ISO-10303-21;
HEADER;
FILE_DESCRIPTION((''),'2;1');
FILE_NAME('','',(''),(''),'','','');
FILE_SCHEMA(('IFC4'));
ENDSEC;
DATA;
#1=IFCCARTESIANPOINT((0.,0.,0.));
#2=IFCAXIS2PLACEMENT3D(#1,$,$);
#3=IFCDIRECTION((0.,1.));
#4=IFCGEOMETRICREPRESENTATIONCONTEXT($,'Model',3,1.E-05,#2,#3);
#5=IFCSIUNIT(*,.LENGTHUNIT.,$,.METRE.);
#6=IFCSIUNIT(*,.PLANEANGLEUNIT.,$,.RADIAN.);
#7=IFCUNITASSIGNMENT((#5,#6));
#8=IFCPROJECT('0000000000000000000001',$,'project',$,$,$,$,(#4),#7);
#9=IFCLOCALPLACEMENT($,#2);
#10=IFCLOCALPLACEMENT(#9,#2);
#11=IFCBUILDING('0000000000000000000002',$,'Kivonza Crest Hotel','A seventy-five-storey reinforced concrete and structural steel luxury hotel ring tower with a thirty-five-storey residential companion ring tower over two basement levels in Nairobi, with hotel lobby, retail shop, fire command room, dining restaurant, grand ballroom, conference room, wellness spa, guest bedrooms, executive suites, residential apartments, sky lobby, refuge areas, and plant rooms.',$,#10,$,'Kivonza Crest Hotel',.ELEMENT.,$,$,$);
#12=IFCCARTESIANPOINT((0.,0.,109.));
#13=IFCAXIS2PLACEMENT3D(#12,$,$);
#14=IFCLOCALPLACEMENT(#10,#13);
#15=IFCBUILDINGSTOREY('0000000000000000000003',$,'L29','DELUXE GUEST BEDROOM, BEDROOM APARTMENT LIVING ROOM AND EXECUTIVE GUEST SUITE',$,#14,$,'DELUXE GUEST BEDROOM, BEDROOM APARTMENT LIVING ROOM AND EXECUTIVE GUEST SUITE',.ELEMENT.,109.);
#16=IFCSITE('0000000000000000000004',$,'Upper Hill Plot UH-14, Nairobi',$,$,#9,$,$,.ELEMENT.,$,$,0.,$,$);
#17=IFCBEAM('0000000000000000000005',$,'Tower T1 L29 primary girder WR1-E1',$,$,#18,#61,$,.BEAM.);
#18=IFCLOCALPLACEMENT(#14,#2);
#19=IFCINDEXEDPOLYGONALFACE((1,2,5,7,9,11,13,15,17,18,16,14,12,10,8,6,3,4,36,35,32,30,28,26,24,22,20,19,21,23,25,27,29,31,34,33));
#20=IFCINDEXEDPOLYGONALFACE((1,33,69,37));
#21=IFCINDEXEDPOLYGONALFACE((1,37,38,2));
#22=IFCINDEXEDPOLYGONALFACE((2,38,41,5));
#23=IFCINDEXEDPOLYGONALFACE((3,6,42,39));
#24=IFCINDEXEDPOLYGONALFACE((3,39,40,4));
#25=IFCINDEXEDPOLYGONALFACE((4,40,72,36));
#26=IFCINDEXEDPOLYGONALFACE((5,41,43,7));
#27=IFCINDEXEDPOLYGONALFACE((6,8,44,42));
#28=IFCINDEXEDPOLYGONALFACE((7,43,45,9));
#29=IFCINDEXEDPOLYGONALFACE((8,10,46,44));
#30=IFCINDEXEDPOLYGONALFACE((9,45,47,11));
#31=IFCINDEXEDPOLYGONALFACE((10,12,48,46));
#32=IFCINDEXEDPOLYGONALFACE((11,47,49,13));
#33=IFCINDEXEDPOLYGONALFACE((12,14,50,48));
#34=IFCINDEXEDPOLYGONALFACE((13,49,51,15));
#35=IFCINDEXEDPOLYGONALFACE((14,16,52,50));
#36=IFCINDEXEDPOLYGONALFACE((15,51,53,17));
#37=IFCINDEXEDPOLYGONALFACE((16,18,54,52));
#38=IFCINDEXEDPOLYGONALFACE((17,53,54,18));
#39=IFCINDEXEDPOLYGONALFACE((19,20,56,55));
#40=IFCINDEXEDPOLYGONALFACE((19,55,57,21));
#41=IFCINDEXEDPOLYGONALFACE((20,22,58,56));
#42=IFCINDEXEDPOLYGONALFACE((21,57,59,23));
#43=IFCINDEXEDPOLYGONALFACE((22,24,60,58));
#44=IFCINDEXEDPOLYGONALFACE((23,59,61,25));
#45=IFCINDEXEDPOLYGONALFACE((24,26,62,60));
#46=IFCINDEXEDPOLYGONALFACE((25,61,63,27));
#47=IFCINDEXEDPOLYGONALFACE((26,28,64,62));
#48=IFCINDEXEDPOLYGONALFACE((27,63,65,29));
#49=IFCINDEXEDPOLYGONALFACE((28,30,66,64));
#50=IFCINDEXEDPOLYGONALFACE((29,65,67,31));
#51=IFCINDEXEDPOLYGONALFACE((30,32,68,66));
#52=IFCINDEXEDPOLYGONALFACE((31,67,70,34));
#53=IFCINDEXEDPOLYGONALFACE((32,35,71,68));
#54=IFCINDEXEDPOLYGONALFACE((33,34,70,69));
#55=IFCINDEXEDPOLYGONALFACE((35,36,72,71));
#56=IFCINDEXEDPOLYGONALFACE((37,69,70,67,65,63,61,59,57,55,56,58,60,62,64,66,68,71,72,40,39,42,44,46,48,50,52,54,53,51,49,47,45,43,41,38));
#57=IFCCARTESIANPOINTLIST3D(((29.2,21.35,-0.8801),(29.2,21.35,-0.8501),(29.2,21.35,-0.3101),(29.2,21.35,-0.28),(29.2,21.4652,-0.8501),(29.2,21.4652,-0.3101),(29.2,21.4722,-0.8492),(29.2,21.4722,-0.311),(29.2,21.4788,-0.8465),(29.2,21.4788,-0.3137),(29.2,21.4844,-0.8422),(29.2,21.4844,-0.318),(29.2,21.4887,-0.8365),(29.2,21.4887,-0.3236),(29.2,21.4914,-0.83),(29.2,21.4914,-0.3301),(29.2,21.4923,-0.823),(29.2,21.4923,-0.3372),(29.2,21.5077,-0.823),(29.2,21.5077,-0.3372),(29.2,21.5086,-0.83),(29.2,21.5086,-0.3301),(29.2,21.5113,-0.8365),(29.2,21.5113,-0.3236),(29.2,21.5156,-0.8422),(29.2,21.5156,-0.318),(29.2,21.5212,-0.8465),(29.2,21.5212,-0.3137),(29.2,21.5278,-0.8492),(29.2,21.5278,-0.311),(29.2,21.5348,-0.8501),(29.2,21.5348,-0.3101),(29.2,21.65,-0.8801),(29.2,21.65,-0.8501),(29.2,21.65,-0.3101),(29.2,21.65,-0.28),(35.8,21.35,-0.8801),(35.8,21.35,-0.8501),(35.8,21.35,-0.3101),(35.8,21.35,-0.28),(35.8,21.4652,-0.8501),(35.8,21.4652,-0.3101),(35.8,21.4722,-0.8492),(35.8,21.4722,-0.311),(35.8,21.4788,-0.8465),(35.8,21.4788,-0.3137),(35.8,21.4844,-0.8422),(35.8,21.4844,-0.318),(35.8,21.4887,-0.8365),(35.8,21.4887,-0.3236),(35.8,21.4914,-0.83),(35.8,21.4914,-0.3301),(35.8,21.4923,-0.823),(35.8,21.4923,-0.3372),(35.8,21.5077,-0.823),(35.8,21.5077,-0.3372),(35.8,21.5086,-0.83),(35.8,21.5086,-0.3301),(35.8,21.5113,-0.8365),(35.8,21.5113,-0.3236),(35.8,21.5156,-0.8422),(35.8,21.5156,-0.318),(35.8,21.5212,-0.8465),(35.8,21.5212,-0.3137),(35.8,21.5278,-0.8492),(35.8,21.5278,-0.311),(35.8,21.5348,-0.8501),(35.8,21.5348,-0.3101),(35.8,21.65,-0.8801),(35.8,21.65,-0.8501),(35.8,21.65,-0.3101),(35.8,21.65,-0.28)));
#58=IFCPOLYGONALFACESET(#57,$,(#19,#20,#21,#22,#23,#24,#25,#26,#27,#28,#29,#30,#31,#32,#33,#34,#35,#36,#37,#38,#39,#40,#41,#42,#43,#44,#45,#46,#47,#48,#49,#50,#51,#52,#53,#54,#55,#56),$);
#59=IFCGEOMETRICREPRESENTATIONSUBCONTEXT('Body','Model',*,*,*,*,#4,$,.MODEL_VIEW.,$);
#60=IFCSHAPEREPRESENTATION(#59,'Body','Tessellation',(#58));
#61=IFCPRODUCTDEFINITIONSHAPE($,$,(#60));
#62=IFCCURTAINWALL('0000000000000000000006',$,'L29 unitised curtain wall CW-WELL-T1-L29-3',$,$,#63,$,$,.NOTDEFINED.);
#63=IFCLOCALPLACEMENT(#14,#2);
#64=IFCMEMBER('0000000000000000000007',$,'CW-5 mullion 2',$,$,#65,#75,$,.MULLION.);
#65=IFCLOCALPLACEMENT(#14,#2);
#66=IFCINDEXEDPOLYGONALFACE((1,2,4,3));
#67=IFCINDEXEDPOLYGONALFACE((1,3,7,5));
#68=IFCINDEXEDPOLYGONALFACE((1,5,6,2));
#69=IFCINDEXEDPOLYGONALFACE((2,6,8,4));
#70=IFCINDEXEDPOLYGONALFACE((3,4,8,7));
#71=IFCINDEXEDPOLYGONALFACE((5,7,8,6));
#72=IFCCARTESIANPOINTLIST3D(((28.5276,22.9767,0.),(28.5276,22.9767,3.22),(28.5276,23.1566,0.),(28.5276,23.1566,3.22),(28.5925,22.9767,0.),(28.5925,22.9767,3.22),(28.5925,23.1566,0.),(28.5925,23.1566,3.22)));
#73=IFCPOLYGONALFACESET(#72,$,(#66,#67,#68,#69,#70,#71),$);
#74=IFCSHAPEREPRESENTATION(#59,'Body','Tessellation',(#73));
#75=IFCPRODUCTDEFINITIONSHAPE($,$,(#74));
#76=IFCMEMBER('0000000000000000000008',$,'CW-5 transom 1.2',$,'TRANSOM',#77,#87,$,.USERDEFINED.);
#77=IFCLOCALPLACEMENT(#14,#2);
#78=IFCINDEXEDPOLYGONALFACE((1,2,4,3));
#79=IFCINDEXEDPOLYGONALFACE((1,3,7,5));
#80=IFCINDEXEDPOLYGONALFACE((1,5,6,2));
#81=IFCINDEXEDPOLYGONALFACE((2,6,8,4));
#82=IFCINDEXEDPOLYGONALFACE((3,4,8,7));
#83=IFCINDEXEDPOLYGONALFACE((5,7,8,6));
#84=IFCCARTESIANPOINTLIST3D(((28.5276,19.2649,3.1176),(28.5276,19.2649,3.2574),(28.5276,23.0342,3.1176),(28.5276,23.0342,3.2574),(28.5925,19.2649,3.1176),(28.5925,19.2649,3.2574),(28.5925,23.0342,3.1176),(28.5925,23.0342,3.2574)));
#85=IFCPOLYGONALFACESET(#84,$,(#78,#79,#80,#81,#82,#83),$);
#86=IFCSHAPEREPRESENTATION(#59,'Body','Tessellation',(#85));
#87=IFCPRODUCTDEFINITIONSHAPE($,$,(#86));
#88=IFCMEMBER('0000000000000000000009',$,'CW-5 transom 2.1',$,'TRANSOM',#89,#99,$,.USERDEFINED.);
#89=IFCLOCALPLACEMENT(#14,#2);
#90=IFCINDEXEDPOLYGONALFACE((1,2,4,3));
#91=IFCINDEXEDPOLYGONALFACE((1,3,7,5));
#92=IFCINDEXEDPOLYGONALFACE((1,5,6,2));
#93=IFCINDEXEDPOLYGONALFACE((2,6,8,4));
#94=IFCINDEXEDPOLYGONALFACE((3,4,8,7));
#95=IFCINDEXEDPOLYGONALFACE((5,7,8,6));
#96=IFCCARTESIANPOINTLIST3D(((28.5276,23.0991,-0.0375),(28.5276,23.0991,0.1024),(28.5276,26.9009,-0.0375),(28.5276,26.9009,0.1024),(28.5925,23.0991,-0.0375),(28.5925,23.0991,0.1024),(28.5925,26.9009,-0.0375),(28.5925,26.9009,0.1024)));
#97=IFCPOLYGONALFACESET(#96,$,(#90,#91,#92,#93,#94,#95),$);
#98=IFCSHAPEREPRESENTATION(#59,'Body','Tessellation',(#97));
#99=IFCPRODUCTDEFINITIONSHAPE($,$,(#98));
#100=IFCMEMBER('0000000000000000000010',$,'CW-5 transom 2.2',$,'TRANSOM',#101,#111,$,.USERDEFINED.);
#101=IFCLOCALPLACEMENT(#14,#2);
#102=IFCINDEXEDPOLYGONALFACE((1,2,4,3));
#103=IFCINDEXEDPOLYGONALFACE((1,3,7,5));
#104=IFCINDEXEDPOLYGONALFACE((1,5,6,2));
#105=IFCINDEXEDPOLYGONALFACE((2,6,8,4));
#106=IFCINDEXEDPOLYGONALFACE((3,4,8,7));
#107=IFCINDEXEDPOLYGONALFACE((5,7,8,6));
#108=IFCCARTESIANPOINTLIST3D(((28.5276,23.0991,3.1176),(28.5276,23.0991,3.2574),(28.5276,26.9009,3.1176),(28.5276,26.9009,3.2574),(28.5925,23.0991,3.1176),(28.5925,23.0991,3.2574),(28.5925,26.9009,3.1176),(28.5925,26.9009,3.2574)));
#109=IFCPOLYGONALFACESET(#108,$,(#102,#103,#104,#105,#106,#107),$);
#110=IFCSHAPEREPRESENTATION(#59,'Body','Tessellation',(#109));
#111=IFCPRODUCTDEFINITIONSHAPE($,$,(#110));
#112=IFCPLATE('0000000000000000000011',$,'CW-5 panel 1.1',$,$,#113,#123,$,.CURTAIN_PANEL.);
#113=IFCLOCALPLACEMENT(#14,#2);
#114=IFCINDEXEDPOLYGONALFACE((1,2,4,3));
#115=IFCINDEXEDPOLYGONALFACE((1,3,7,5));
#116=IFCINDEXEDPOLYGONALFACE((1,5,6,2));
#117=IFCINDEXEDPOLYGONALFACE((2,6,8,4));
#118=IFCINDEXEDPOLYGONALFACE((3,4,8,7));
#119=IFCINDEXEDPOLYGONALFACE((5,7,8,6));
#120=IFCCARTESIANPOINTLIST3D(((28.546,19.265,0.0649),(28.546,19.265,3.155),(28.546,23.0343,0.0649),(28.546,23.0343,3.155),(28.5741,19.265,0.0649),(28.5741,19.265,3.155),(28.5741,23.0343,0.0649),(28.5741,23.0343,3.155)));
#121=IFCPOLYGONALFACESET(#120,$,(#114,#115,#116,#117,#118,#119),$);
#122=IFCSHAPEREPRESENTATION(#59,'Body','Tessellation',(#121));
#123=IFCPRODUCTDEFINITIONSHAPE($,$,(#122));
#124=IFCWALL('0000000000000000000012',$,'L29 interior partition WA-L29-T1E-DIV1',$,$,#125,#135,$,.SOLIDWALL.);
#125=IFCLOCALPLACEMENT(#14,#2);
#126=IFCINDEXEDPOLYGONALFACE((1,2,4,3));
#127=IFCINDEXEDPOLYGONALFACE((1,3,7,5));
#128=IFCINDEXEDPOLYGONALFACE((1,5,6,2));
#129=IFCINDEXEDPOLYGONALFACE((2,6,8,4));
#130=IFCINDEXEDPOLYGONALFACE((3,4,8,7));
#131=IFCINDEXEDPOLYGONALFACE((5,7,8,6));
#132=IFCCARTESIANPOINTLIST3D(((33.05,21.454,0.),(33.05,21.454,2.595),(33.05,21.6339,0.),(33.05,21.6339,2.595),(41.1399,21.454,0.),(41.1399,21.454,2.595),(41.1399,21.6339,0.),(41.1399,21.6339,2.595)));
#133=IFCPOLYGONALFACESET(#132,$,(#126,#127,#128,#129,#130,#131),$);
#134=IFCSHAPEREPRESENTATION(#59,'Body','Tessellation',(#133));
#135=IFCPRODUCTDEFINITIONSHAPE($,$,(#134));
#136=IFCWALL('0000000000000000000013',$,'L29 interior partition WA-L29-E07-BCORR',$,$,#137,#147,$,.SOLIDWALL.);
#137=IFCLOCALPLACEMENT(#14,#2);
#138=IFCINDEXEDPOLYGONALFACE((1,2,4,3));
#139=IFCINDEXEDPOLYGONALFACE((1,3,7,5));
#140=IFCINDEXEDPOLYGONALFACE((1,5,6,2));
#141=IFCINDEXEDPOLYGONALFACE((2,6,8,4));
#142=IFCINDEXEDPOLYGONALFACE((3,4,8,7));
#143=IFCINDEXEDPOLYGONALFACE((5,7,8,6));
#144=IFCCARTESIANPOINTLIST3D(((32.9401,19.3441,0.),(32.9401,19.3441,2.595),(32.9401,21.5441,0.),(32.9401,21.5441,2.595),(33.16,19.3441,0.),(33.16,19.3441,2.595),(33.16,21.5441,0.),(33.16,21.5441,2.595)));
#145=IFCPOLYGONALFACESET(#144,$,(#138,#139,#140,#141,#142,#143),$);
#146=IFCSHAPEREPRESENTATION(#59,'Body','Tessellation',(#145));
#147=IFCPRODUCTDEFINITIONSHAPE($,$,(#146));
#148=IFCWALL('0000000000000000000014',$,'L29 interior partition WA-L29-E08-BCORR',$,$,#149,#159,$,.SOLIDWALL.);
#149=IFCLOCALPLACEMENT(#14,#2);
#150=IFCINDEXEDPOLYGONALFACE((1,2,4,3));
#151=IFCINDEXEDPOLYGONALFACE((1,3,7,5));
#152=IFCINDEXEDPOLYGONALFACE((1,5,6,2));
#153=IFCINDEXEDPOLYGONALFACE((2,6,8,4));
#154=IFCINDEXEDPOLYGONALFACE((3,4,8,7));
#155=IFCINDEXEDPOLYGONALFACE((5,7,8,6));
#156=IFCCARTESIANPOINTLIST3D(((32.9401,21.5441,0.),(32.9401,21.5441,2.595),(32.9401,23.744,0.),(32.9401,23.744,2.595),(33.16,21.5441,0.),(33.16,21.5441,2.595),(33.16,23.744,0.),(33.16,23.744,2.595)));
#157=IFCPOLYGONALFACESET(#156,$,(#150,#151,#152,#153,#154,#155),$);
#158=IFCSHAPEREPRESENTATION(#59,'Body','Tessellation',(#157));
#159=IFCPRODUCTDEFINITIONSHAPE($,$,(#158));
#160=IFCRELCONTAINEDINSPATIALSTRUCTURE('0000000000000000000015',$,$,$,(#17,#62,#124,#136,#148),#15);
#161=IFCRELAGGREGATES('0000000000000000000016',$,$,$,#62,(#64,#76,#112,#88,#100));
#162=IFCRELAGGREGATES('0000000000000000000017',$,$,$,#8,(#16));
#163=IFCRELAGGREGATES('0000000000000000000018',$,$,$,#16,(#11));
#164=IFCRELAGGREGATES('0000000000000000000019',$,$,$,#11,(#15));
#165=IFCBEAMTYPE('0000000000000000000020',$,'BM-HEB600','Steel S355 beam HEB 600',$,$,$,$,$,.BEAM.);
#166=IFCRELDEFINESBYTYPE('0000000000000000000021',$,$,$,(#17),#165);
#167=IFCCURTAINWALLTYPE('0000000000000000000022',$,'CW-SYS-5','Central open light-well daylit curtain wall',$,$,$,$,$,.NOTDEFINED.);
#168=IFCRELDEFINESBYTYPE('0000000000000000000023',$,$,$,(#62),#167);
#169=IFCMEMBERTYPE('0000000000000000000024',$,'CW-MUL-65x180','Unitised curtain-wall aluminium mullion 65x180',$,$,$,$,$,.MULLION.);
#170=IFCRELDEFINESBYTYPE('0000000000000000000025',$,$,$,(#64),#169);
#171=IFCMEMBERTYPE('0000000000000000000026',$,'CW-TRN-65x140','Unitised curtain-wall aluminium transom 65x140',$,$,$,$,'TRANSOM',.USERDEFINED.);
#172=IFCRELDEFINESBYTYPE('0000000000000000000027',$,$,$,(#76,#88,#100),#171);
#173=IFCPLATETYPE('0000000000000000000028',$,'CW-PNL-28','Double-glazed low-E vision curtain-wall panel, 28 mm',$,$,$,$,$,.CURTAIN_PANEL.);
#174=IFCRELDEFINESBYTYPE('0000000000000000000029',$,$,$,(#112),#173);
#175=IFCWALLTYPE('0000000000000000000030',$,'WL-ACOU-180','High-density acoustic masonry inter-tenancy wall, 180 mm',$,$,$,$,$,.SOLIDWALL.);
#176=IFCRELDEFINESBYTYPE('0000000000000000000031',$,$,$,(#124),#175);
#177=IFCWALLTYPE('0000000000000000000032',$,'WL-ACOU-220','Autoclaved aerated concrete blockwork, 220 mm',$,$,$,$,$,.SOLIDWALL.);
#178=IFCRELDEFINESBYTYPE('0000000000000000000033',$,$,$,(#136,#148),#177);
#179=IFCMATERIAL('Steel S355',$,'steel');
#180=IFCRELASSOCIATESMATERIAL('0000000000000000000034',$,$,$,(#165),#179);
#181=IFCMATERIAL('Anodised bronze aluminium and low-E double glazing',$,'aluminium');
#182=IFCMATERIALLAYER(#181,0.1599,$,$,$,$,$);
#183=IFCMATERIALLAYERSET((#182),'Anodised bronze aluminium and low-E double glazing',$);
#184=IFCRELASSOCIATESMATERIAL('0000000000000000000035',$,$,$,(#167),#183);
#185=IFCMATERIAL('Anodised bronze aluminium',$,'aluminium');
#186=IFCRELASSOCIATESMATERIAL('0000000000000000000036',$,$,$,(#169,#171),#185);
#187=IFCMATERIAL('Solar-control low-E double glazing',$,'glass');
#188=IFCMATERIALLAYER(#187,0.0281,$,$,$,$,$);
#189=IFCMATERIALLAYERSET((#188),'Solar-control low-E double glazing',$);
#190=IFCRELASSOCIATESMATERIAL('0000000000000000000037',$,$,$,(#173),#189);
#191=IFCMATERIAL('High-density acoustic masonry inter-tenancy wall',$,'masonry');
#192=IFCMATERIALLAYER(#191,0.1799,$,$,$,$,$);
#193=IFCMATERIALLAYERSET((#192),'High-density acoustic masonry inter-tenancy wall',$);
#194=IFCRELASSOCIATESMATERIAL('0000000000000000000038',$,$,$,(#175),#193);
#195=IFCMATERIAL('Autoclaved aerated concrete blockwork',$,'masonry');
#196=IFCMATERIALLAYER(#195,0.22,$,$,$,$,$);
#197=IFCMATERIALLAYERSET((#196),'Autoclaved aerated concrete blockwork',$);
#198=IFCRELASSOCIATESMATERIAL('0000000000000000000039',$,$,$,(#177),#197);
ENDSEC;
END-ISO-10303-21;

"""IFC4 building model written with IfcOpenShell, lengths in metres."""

from ifc_helpers import new_model, si_unit, direction, frame, frame_2d, origin, origin_2d, place, context, subcontext, project, spatial, rectangle, i_section, extrude, material, layer, layer_set, material_profile, profile_set, type_object, element, aggregate, save


model = new_model("IFC4")

# Units and contexts
model_context = context("Model", 3, precision=1e-05, world=origin(), true_north=direction((0.0, 1.0)))
body_context = subcontext(model_context, "Body", "Model", "MODEL_VIEW")
ifc_project = project(units=[si_unit("LENGTHUNIT", "METRE"), si_unit("PLANEANGLEUNIT", "RADIAN")], contexts=[model_context])

# Site, building, storey
site_placement = place(None, origin())
site = spatial("IfcSite", under=ifc_project, at=site_placement, Name="Upper Hill Plot UH-14, Nairobi", CompositionType="ELEMENT", RefElevation=0.0)
building_placement = place(site_placement, origin())
building = spatial("IfcBuilding", under=site, at=building_placement, Name="Kivonza Crest Hotel", Description="A seventy-five-storey reinforced concrete and structural steel luxury hotel ring tower with a thirty-five-storey residential companion ring tower over two basement levels in Nairobi, with hotel lobby, retail shop, fire command room, dining restaurant, grand ballroom, conference room, wellness spa, guest bedrooms, executive suites, residential apartments, sky lobby, refuge areas, and plant rooms.", LongName="Kivonza Crest Hotel", CompositionType="ELEMENT")
storey_placement = place(building_placement, frame((0.0, 0.0, 109.0)))
storey = spatial("IfcBuildingStorey", under=building, at=storey_placement, Name="L29", Description="DELUXE GUEST BEDROOM, BEDROOM APARTMENT LIVING ROOM AND EXECUTIVE GUEST SUITE", LongName="DELUXE GUEST BEDROOM, BEDROOM APARTMENT LIVING ROOM AND EXECUTIVE GUEST SUITE", CompositionType="ELEMENT", Elevation=109.0)

# Beam
ifc_material_1 = material(Name="Steel S355", Category="steel")
ifc_material_profile_1 = material_profile(ifc_material_1, i_section(OverallWidth=0.3, OverallDepth=0.6001, WebThickness=0.0154, FlangeThickness=0.03, FilletRadius=0.0271, at=origin_2d()), Name="HEB 600")
ifc_profile_set_1 = profile_set([ifc_material_profile_1], Name="Steel S355")
beam_type_1 = type_object("IfcBeamType", Name="BM-HEB600", Description="Steel S355 beam HEB 600", PredefinedType="BEAM", material=ifc_profile_set_1)
beam_1_placement = place(storey_placement, frame((29.2, 21.5, -0.5801), z_axis=(1.0, 0.0, 0.0), x_axis=(0.0, 1.0, 0.0)))
element("IfcBeam", 1, at=beam_1_placement, inside=storey, type_object=beam_type_1, Name="Tower T1 L29 primary girder WR1-E1", PredefinedType="BEAM", context=body_context, shape_type="SweptSolid", body=[
    extrude(i_section(OverallWidth=0.3, OverallDepth=0.6001, WebThickness=0.0154, FlangeThickness=0.03, FilletRadius=0.0271, at=origin_2d()), origin(), (0.0, 0.0, 1.0), 6.6001),
])

# Curtain wall, members, plate
ifc_material_2 = material(Name="Anodised bronze aluminium and low-E double glazing", Category="aluminium")
ifc_layer_1 = layer(ifc_material_2, 0.1599)
ifc_layer_set_1 = layer_set([ifc_layer_1], Name="Anodised bronze aluminium and low-E double glazing")
curtain_wall_type = type_object("IfcCurtainWallType", Name="CW-SYS-5", Description="Central open light-well daylit curtain wall", PredefinedType="NOTDEFINED", material=ifc_layer_set_1)
curtain_wall_placement = place(storey_placement, origin())
curtain_wall = element("IfcCurtainWall", 2, at=curtain_wall_placement, inside=storey, type_object=curtain_wall_type, Name="L29 unitised curtain wall CW-WELL-T1-L29-3", PredefinedType="NOTDEFINED")
ifc_material_3 = material(Name="Anodised bronze aluminium", Category="aluminium")
ifc_material_profile_2 = material_profile(ifc_material_3, rectangle(XDim=0.0649, YDim=0.1799, at=origin_2d()), Name="CW-M 65x180")
ifc_profile_set_2 = profile_set([ifc_material_profile_2], Name="Anodised bronze aluminium")
member_type_1 = type_object("IfcMemberType", Name="CW-MUL-65x180", Description="Unitised curtain-wall aluminium mullion 65x180", PredefinedType="MULLION", material=ifc_profile_set_2)
member_1_placement = place(storey_placement, frame((28.5601, 23.0667, 0.0), z_axis=(0.0, 0.0, 1.0), x_axis=(-1.0, 0.0, 0.0)))
member_1 = element("IfcMember", 3, at=member_1_placement, type_object=member_type_1, Name="CW-5 mullion 2", PredefinedType="MULLION", context=body_context, shape_type="SweptSolid", body=[
    extrude(rectangle(XDim=0.0649, YDim=0.1799, at=origin_2d()), origin(), (0.0, 0.0, 1.0), 3.22),
])
ifc_material_profile_3 = material_profile(ifc_material_3, rectangle(XDim=0.0649, YDim=0.1399, at=origin_2d()), Name="CW-T 65x140")
ifc_profile_set_3 = profile_set([ifc_material_profile_3], Name="Anodised bronze aluminium")
member_type_2 = type_object("IfcMemberType", Name="CW-TRN-65x140", Description="Unitised curtain-wall aluminium transom 65x140", ElementType="TRANSOM", PredefinedType="USERDEFINED", material=ifc_profile_set_3)
member_2_placement = place(storey_placement, frame((28.5601, 19.2649, 3.1875), z_axis=(0.0, 1.0, 0.0), x_axis=(-1.0, 0.0, 0.0)))
member_2 = element("IfcMember", 4, at=member_2_placement, type_object=member_type_2, Name="CW-5 transom 1.2", ObjectType="TRANSOM", PredefinedType="USERDEFINED", context=body_context, shape_type="SweptSolid", body=[
    extrude(rectangle(XDim=0.0649, YDim=0.1399, at=origin_2d()), origin(), (0.0, 0.0, 1.0), 3.7693),
])
member_3_placement = place(storey_placement, frame((28.5601, 23.0991, 0.0325), z_axis=(0.0, 1.0, 0.0), x_axis=(-1.0, 0.0, 0.0)))
member_3 = element("IfcMember", 5, at=member_3_placement, type_object=member_type_2, Name="CW-5 transom 2.1", ObjectType="TRANSOM", PredefinedType="USERDEFINED", context=body_context, shape_type="SweptSolid", body=[
    extrude(rectangle(XDim=0.0649, YDim=0.1399, at=origin_2d()), origin(), (0.0, 0.0, 1.0), 3.8018),
])
member_4_placement = place(storey_placement, frame((28.5601, 23.0991, 3.1875), z_axis=(0.0, 1.0, 0.0), x_axis=(-1.0, 0.0, 0.0)))
member_4 = element("IfcMember", 6, at=member_4_placement, type_object=member_type_2, Name="CW-5 transom 2.2", ObjectType="TRANSOM", PredefinedType="USERDEFINED", context=body_context, shape_type="SweptSolid", body=[
    extrude(rectangle(XDim=0.0649, YDim=0.1399, at=origin_2d()), origin(), (0.0, 0.0, 1.0), 3.8018),
])
ifc_material_4 = material(Name="Solar-control low-E double glazing", Category="glass")
ifc_layer_2 = layer(ifc_material_4, 0.0281)
ifc_layer_set_2 = layer_set([ifc_layer_2], Name="Solar-control low-E double glazing")
plate_type = type_object("IfcPlateType", Name="CW-PNL-28", Description="Double-glazed low-E vision curtain-wall panel, 28 mm", PredefinedType="CURTAIN_PANEL", material=ifc_layer_set_2)
plate_placement = place(storey_placement, frame((28.5601, 21.1497, 0.0649), z_axis=(0.0, 0.0, 1.0), x_axis=(0.0, 1.0, 0.0)))
plate = element("IfcPlate", 7, at=plate_placement, type_object=plate_type, Name="CW-5 panel 1.1", PredefinedType="CURTAIN_PANEL", context=body_context, shape_type="SweptSolid", body=[
    extrude(rectangle(XDim=3.7693, YDim=0.0281, at=origin_2d()), origin(), (0.0, 0.0, 1.0), 3.0901),
])
aggregate(curtain_wall, [member_1, member_2, plate, member_3, member_4])

# Walls
ifc_material_5 = material(Name="High-density acoustic masonry inter-tenancy wall", Category="masonry")
ifc_layer_3 = layer(ifc_material_5, 0.1799)
ifc_layer_set_3 = layer_set([ifc_layer_3], Name="High-density acoustic masonry inter-tenancy wall")
wall_type_1 = type_object("IfcWallType", Name="WL-ACOU-180", Description="High-density acoustic masonry inter-tenancy wall, 180 mm", PredefinedType="SOLIDWALL", material=ifc_layer_set_3)
wall_1_placement = place(storey_placement, frame((33.05, 21.5439, 0.0), z_axis=(0.0, 0.0, 1.0), x_axis=(1.0, 0.0, 0.0)))
element("IfcWall", 8, at=wall_1_placement, inside=storey, type_object=wall_type_1, Name="L29 interior partition WA-L29-T1E-DIV1", PredefinedType="SOLIDWALL", context=body_context, shape_type="SweptSolid", body=[
    extrude(rectangle(XDim=8.0898, YDim=0.1799, at=frame_2d((4.0449, 0.0))), origin(), (0.0, 0.0, 1.0), 2.595),
])
ifc_material_6 = material(Name="Autoclaved aerated concrete blockwork", Category="masonry")
ifc_layer_4 = layer(ifc_material_6, 0.22)
ifc_layer_set_4 = layer_set([ifc_layer_4], Name="Autoclaved aerated concrete blockwork")
wall_type_2 = type_object("IfcWallType", Name="WL-ACOU-220", Description="Autoclaved aerated concrete blockwork, 220 mm", PredefinedType="SOLIDWALL", material=ifc_layer_set_4)
for number, where, z_axis, x_axis, name in (
    (9, (33.05, 19.344, 0.0), (0.0, 0.0, 1.0), (0.0, 1.0, 0.0), "L29 interior partition WA-L29-E07-BCORR"),
    (10, (33.05, 21.5439, 0.0), (0.0, 0.0, 1.0), (0.0, 1.0, 0.0), "L29 interior partition WA-L29-E08-BCORR"),
):
    element("IfcWall", number, at=place(storey_placement, frame(where, z_axis=z_axis, x_axis=x_axis)), inside=storey, type_object=wall_type_2, Name=name, PredefinedType="SOLIDWALL", context=body_context, shape_type="SweptSolid", body=[
        extrude(rectangle(XDim=2.2, YDim=0.22, at=frame_2d((1.1001, 0.0))), origin(), (0.0, 0.0, 1.0), 2.595),
    ])

save(model, "model.ifc")
